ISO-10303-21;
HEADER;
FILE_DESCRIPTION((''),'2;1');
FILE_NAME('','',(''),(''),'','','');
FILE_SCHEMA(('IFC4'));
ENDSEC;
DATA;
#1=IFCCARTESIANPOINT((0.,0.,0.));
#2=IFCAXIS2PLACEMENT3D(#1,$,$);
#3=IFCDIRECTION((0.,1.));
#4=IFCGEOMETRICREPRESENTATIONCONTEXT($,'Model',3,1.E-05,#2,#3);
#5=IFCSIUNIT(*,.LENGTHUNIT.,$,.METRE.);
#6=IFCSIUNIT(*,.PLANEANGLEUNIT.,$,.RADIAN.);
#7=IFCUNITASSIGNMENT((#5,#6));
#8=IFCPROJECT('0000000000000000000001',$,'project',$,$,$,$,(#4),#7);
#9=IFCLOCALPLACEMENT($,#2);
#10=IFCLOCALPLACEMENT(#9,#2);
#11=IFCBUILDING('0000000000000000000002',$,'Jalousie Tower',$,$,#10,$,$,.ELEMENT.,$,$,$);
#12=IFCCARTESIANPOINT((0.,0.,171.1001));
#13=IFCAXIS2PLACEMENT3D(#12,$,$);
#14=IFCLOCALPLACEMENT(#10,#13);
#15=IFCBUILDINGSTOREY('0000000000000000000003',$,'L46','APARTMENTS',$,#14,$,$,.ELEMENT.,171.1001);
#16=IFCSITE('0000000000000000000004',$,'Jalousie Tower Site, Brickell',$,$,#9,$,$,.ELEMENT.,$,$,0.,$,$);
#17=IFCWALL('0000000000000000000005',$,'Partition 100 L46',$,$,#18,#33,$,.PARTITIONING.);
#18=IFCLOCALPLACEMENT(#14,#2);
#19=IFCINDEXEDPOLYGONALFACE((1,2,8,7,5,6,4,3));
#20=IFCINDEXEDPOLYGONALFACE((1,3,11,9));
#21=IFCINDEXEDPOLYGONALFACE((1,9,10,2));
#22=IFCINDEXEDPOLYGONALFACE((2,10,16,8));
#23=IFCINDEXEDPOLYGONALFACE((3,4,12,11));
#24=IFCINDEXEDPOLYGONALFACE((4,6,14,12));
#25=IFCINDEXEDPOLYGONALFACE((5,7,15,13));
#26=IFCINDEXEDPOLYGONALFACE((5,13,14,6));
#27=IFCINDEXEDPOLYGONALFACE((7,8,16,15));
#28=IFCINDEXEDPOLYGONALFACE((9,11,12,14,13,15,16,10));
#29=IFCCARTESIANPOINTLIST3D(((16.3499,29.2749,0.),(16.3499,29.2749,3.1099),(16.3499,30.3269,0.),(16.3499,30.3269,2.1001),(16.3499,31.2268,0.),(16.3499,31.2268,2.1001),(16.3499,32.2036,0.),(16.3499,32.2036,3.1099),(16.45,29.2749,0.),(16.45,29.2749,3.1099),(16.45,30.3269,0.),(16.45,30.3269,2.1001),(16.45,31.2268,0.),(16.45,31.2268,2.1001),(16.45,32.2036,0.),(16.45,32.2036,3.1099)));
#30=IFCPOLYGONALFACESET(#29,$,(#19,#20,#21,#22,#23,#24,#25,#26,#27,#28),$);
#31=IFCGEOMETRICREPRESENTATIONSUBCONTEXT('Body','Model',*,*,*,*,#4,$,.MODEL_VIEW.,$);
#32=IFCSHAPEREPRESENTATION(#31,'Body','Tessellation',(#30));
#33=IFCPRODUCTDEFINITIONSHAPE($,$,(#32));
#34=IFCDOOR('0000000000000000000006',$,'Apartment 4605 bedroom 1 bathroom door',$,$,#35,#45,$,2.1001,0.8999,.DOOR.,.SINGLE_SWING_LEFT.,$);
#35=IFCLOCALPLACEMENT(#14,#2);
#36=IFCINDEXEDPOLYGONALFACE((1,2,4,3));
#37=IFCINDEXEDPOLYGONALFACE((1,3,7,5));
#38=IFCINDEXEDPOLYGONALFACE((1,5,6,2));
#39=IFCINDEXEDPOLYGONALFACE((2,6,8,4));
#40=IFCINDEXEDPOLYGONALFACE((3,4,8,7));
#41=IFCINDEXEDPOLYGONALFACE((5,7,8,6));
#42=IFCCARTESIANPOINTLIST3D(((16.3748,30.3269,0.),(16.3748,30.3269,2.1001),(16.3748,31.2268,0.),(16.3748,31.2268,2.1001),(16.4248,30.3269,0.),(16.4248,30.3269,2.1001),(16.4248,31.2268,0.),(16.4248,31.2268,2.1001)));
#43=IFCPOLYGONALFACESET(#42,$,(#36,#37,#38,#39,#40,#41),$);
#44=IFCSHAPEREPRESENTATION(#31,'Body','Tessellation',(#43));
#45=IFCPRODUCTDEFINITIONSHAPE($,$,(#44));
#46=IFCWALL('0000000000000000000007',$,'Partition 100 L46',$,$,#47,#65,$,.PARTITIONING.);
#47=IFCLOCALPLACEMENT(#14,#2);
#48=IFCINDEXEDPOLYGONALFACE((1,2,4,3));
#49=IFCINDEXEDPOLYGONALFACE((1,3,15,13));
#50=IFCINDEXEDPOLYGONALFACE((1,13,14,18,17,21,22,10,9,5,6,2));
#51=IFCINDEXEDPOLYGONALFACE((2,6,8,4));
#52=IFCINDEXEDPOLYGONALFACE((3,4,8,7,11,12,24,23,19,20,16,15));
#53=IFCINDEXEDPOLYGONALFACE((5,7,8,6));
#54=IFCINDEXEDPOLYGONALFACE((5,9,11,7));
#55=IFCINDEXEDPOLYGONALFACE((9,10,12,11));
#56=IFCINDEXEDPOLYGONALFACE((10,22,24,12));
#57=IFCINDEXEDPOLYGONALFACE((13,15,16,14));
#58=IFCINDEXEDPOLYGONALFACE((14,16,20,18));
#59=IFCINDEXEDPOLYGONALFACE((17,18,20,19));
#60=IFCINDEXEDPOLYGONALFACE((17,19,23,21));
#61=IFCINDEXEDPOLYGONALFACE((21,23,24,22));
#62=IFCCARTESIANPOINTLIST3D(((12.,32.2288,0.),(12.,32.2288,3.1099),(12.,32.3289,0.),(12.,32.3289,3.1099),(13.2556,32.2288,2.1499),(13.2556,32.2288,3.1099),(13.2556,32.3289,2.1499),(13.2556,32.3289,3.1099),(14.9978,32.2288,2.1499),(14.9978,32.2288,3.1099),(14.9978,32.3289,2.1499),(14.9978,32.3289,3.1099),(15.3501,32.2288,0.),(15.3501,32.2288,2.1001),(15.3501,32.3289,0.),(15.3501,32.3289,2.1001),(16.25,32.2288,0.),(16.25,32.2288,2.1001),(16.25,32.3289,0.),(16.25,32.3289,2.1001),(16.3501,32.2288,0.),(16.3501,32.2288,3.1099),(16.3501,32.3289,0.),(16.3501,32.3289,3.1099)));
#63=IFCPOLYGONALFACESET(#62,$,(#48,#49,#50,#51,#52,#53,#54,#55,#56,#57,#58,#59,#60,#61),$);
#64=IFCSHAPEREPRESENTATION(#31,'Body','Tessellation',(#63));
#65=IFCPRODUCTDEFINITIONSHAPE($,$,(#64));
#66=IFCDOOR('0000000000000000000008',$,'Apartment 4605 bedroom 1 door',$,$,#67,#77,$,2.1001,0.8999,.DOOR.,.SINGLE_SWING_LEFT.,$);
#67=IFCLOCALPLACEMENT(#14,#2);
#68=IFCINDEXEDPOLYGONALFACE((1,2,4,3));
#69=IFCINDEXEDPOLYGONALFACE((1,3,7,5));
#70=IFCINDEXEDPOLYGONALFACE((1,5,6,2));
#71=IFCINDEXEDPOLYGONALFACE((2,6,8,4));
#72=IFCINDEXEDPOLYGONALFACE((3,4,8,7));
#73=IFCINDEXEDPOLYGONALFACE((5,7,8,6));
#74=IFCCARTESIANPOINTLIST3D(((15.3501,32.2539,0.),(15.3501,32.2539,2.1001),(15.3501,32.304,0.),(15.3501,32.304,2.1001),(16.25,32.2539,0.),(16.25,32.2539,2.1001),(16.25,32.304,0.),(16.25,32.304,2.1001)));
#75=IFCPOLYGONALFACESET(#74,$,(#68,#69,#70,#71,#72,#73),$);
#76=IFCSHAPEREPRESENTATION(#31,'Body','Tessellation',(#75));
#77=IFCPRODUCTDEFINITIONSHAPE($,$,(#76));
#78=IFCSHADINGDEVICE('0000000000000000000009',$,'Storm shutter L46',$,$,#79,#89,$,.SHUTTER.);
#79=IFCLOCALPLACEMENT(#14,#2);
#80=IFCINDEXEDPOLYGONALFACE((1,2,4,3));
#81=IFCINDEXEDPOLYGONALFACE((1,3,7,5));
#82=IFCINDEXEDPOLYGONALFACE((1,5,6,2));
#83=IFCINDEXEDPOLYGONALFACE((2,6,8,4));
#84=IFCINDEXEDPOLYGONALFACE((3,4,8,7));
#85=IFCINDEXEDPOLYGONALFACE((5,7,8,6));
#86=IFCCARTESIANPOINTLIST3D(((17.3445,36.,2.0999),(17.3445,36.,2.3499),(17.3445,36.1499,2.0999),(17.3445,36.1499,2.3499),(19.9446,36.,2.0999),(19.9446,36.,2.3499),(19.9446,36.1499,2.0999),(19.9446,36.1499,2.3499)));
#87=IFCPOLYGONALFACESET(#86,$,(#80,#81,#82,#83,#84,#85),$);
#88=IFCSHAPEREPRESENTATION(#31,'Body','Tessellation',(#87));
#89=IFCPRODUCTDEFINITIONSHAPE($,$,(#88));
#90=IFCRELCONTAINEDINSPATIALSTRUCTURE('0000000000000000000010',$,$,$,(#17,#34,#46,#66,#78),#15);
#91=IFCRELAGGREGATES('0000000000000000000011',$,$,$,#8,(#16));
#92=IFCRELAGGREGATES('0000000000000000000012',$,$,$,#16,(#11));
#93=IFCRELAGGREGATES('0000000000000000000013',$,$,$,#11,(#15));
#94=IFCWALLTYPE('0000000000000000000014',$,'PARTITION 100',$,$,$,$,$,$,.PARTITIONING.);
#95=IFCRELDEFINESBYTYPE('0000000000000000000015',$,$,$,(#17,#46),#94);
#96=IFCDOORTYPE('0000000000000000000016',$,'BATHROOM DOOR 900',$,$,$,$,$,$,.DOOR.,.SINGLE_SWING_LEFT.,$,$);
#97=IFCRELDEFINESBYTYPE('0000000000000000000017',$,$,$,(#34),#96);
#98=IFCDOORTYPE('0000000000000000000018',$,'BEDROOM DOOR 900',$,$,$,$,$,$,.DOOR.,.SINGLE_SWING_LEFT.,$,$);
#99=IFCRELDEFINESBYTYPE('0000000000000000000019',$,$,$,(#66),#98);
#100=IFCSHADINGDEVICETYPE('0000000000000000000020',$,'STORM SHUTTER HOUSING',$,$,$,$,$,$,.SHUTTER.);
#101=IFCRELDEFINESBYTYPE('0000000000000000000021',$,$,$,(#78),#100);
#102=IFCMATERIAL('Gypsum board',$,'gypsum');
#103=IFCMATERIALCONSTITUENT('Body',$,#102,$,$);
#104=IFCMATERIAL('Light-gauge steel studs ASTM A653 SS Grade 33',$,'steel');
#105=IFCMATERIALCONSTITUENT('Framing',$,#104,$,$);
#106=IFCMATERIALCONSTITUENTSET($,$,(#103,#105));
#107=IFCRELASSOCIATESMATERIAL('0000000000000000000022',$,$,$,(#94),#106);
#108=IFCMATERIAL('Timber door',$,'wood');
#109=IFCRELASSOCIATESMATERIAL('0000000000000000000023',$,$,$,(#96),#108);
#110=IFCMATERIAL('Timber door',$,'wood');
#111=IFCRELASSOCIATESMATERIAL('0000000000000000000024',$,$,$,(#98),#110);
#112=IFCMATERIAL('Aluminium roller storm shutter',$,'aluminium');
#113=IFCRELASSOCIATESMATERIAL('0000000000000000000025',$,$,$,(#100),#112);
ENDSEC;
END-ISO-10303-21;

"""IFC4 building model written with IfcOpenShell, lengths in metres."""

from ifc_helpers import new_model, si_unit, direction, frame, frame_2d, origin, origin_2d, place, context, subcontext, project, spatial, polyline, rectangle, outline, extrude, material, constituent, constituent_set, type_object, element, fill, save


model = new_model("IFC4")

# Units and contexts
model_context = context("Model", 3, precision=1e-05, world=origin(), true_north=direction((0.0, 1.0)))
body_context = subcontext(model_context, "Body", "Model", "MODEL_VIEW")
ifc_project = project(units=[si_unit("LENGTHUNIT", "METRE"), si_unit("PLANEANGLEUNIT", "RADIAN")], contexts=[model_context])

# Site, building, storey
site_placement = place(None, origin())
site = spatial("IfcSite", under=ifc_project, at=site_placement, Name="Jalousie Tower Site, Brickell", CompositionType="ELEMENT", RefElevation=0.0)
building_placement = place(site_placement, origin())
building = spatial("IfcBuilding", under=site, at=building_placement, Name="Jalousie Tower", CompositionType="ELEMENT")
storey_placement = place(building_placement, frame((0.0, 0.0, 171.1001)))
storey = spatial("IfcBuildingStorey", under=building, at=storey_placement, Name="L46", Description="APARTMENTS", CompositionType="ELEMENT", Elevation=171.1001)

# Walls, openings, doors
ifc_material_1 = material(Name="Gypsum board", Category="gypsum")
ifc_constituent_1 = constituent(ifc_material_1, Name="Body")
ifc_material_2 = material(Name="Light-gauge steel studs ASTM A653 SS Grade 33", Category="steel")
ifc_constituent_2 = constituent(ifc_material_2, Name="Framing")
ifc_constituent_set_1 = constituent_set(constituents=[ifc_constituent_1, ifc_constituent_2])
wall_type_1 = type_object("IfcWallType", Name="PARTITION 100", PredefinedType="PARTITIONING", material=ifc_constituent_set_1)
wall_1_placement = place(storey_placement, frame((16.3999, 32.2036, 0.0), z_axis=(0.0, 0.0, 1.0), x_axis=(0.0, -1.0, 0.0)))
wall_1 = element("IfcWall", 1, at=wall_1_placement, inside=storey, type_object=wall_type_1, Name="Partition 100 L46", PredefinedType="PARTITIONING", context=body_context, shape_type="SweptSolid", body=[
    extrude(rectangle(XDim=2.9287, YDim=0.1001, at=frame_2d((1.4644, 0.0))), origin(), (0.0, 0.0, 1.0), 3.1099),
])
opening_1_placement = place(wall_1_placement, frame((0.9768, 0.0, 0.0)))
opening_1 = element("IfcOpeningElement", 2, at=opening_1_placement, cuts=wall_1, PredefinedType="OPENING", context=body_context, shape_type="SweptSolid", body=[
    extrude(rectangle(XDim=0.8999, YDim=2.1001, at=frame_2d((0.45, 1.05))), frame((0.0, 0.0601, 0.0), z_axis=(0.0, -1.0, 0.0), x_axis=(1.0, 0.0, 0.0)), (0.0, 0.0, 1.0), 0.1201),
])
ifc_material_3 = material(Name="Timber door", Category="wood")
door_type_1 = type_object("IfcDoorType", Name="BATHROOM DOOR 900", OperationType="SINGLE_SWING_LEFT", PredefinedType="DOOR", material=ifc_material_3)
door_1_placement = place(opening_1_placement, origin())
door_1 = element("IfcDoor", 3, at=door_1_placement, inside=storey, type_object=door_type_1, Name="Apartment 4605 bedroom 1 bathroom door", OperationType="SINGLE_SWING_LEFT", OverallHeight=2.1001, OverallWidth=0.8999, PredefinedType="DOOR", context=body_context, shape_type="SweptSolid", body=[
    extrude(rectangle(XDim=0.8999, YDim=2.1001, at=frame_2d((0.45, 1.05))), frame((0.0, 0.0249, 0.0), z_axis=(0.0, -1.0, 0.0), x_axis=(1.0, 0.0, 0.0)), (0.0, 0.0, 1.0), 0.05),
])
fill(opening_1, door_1)
wall_2_placement = place(storey_placement, frame((16.3501, 32.2788, 0.0), z_axis=(0.0, 0.0, 1.0), x_axis=(-1.0, 0.0, 0.0)))
wall_2 = element("IfcWall", 4, at=wall_2_placement, inside=storey, type_object=wall_type_1, Name="Partition 100 L46", PredefinedType="PARTITIONING", context=body_context, shape_type="SweptSolid", body=[
    extrude(outline(polyline([(0.0, 0.0), (4.3501, 0.0), (4.3501, 3.1099), (3.0945, 3.1099), (3.0945, 2.1499), (1.3523, 2.1499), (1.3523, 3.1099), (0.0, 3.1099), (0.0, 0.0)])), frame((0.0, 0.05, 0.0), z_axis=(0.0, -1.0, 0.0), x_axis=(1.0, 0.0, 0.0)), (0.0, 0.0, 1.0), 0.1001),
])
opening_2_placement = place(wall_2_placement, frame((0.1001, 0.0, 0.0)))
opening_2 = element("IfcOpeningElement", 5, at=opening_2_placement, cuts=wall_2, PredefinedType="OPENING", context=body_context, shape_type="SweptSolid", body=[
    extrude(rectangle(XDim=0.8999, YDim=2.1001, at=frame_2d((0.45, 1.05))), frame((0.0, 0.0601, 0.0), z_axis=(0.0, -1.0, 0.0), x_axis=(1.0, 0.0, 0.0)), (0.0, 0.0, 1.0), 0.1201),
])
ifc_material_4 = material(Name="Timber door", Category="wood")
door_type_2 = type_object("IfcDoorType", Name="BEDROOM DOOR 900", OperationType="SINGLE_SWING_LEFT", PredefinedType="DOOR", material=ifc_material_4)
door_2_placement = place(opening_2_placement, origin())
door_2 = element("IfcDoor", 6, at=door_2_placement, inside=storey, type_object=door_type_2, Name="Apartment 4605 bedroom 1 door", OperationType="SINGLE_SWING_LEFT", OverallHeight=2.1001, OverallWidth=0.8999, PredefinedType="DOOR", context=body_context, shape_type="SweptSolid", body=[
    extrude(rectangle(XDim=0.8999, YDim=2.1001, at=frame_2d((0.45, 1.05))), frame((0.0, 0.0249, 0.0), z_axis=(0.0, -1.0, 0.0), x_axis=(1.0, 0.0, 0.0)), (0.0, 0.0, 1.0), 0.05),
])
fill(opening_2, door_2)

# Shading device
ifc_material_5 = material(Name="Aluminium roller storm shutter", Category="aluminium")
shading_device_type = type_object("IfcShadingDeviceType", Name="STORM SHUTTER HOUSING", PredefinedType="SHUTTER", material=ifc_material_5)
shading_device_placement = place(storey_placement, frame((18.6445, 36.075, 2.0999), z_axis=(0.0, 0.0, 1.0), x_axis=(-1.0, 0.0, 0.0)))
element("IfcShadingDevice", 7, at=shading_device_placement, inside=storey, type_object=shading_device_type, Name="Storm shutter L46", PredefinedType="SHUTTER", context=body_context, shape_type="SweptSolid", body=[
    extrude(rectangle(XDim=2.6001, YDim=0.1499, at=origin_2d()), origin(), (0.0, 0.0, 1.0), 0.25),
])

save(model, "model.ifc")
